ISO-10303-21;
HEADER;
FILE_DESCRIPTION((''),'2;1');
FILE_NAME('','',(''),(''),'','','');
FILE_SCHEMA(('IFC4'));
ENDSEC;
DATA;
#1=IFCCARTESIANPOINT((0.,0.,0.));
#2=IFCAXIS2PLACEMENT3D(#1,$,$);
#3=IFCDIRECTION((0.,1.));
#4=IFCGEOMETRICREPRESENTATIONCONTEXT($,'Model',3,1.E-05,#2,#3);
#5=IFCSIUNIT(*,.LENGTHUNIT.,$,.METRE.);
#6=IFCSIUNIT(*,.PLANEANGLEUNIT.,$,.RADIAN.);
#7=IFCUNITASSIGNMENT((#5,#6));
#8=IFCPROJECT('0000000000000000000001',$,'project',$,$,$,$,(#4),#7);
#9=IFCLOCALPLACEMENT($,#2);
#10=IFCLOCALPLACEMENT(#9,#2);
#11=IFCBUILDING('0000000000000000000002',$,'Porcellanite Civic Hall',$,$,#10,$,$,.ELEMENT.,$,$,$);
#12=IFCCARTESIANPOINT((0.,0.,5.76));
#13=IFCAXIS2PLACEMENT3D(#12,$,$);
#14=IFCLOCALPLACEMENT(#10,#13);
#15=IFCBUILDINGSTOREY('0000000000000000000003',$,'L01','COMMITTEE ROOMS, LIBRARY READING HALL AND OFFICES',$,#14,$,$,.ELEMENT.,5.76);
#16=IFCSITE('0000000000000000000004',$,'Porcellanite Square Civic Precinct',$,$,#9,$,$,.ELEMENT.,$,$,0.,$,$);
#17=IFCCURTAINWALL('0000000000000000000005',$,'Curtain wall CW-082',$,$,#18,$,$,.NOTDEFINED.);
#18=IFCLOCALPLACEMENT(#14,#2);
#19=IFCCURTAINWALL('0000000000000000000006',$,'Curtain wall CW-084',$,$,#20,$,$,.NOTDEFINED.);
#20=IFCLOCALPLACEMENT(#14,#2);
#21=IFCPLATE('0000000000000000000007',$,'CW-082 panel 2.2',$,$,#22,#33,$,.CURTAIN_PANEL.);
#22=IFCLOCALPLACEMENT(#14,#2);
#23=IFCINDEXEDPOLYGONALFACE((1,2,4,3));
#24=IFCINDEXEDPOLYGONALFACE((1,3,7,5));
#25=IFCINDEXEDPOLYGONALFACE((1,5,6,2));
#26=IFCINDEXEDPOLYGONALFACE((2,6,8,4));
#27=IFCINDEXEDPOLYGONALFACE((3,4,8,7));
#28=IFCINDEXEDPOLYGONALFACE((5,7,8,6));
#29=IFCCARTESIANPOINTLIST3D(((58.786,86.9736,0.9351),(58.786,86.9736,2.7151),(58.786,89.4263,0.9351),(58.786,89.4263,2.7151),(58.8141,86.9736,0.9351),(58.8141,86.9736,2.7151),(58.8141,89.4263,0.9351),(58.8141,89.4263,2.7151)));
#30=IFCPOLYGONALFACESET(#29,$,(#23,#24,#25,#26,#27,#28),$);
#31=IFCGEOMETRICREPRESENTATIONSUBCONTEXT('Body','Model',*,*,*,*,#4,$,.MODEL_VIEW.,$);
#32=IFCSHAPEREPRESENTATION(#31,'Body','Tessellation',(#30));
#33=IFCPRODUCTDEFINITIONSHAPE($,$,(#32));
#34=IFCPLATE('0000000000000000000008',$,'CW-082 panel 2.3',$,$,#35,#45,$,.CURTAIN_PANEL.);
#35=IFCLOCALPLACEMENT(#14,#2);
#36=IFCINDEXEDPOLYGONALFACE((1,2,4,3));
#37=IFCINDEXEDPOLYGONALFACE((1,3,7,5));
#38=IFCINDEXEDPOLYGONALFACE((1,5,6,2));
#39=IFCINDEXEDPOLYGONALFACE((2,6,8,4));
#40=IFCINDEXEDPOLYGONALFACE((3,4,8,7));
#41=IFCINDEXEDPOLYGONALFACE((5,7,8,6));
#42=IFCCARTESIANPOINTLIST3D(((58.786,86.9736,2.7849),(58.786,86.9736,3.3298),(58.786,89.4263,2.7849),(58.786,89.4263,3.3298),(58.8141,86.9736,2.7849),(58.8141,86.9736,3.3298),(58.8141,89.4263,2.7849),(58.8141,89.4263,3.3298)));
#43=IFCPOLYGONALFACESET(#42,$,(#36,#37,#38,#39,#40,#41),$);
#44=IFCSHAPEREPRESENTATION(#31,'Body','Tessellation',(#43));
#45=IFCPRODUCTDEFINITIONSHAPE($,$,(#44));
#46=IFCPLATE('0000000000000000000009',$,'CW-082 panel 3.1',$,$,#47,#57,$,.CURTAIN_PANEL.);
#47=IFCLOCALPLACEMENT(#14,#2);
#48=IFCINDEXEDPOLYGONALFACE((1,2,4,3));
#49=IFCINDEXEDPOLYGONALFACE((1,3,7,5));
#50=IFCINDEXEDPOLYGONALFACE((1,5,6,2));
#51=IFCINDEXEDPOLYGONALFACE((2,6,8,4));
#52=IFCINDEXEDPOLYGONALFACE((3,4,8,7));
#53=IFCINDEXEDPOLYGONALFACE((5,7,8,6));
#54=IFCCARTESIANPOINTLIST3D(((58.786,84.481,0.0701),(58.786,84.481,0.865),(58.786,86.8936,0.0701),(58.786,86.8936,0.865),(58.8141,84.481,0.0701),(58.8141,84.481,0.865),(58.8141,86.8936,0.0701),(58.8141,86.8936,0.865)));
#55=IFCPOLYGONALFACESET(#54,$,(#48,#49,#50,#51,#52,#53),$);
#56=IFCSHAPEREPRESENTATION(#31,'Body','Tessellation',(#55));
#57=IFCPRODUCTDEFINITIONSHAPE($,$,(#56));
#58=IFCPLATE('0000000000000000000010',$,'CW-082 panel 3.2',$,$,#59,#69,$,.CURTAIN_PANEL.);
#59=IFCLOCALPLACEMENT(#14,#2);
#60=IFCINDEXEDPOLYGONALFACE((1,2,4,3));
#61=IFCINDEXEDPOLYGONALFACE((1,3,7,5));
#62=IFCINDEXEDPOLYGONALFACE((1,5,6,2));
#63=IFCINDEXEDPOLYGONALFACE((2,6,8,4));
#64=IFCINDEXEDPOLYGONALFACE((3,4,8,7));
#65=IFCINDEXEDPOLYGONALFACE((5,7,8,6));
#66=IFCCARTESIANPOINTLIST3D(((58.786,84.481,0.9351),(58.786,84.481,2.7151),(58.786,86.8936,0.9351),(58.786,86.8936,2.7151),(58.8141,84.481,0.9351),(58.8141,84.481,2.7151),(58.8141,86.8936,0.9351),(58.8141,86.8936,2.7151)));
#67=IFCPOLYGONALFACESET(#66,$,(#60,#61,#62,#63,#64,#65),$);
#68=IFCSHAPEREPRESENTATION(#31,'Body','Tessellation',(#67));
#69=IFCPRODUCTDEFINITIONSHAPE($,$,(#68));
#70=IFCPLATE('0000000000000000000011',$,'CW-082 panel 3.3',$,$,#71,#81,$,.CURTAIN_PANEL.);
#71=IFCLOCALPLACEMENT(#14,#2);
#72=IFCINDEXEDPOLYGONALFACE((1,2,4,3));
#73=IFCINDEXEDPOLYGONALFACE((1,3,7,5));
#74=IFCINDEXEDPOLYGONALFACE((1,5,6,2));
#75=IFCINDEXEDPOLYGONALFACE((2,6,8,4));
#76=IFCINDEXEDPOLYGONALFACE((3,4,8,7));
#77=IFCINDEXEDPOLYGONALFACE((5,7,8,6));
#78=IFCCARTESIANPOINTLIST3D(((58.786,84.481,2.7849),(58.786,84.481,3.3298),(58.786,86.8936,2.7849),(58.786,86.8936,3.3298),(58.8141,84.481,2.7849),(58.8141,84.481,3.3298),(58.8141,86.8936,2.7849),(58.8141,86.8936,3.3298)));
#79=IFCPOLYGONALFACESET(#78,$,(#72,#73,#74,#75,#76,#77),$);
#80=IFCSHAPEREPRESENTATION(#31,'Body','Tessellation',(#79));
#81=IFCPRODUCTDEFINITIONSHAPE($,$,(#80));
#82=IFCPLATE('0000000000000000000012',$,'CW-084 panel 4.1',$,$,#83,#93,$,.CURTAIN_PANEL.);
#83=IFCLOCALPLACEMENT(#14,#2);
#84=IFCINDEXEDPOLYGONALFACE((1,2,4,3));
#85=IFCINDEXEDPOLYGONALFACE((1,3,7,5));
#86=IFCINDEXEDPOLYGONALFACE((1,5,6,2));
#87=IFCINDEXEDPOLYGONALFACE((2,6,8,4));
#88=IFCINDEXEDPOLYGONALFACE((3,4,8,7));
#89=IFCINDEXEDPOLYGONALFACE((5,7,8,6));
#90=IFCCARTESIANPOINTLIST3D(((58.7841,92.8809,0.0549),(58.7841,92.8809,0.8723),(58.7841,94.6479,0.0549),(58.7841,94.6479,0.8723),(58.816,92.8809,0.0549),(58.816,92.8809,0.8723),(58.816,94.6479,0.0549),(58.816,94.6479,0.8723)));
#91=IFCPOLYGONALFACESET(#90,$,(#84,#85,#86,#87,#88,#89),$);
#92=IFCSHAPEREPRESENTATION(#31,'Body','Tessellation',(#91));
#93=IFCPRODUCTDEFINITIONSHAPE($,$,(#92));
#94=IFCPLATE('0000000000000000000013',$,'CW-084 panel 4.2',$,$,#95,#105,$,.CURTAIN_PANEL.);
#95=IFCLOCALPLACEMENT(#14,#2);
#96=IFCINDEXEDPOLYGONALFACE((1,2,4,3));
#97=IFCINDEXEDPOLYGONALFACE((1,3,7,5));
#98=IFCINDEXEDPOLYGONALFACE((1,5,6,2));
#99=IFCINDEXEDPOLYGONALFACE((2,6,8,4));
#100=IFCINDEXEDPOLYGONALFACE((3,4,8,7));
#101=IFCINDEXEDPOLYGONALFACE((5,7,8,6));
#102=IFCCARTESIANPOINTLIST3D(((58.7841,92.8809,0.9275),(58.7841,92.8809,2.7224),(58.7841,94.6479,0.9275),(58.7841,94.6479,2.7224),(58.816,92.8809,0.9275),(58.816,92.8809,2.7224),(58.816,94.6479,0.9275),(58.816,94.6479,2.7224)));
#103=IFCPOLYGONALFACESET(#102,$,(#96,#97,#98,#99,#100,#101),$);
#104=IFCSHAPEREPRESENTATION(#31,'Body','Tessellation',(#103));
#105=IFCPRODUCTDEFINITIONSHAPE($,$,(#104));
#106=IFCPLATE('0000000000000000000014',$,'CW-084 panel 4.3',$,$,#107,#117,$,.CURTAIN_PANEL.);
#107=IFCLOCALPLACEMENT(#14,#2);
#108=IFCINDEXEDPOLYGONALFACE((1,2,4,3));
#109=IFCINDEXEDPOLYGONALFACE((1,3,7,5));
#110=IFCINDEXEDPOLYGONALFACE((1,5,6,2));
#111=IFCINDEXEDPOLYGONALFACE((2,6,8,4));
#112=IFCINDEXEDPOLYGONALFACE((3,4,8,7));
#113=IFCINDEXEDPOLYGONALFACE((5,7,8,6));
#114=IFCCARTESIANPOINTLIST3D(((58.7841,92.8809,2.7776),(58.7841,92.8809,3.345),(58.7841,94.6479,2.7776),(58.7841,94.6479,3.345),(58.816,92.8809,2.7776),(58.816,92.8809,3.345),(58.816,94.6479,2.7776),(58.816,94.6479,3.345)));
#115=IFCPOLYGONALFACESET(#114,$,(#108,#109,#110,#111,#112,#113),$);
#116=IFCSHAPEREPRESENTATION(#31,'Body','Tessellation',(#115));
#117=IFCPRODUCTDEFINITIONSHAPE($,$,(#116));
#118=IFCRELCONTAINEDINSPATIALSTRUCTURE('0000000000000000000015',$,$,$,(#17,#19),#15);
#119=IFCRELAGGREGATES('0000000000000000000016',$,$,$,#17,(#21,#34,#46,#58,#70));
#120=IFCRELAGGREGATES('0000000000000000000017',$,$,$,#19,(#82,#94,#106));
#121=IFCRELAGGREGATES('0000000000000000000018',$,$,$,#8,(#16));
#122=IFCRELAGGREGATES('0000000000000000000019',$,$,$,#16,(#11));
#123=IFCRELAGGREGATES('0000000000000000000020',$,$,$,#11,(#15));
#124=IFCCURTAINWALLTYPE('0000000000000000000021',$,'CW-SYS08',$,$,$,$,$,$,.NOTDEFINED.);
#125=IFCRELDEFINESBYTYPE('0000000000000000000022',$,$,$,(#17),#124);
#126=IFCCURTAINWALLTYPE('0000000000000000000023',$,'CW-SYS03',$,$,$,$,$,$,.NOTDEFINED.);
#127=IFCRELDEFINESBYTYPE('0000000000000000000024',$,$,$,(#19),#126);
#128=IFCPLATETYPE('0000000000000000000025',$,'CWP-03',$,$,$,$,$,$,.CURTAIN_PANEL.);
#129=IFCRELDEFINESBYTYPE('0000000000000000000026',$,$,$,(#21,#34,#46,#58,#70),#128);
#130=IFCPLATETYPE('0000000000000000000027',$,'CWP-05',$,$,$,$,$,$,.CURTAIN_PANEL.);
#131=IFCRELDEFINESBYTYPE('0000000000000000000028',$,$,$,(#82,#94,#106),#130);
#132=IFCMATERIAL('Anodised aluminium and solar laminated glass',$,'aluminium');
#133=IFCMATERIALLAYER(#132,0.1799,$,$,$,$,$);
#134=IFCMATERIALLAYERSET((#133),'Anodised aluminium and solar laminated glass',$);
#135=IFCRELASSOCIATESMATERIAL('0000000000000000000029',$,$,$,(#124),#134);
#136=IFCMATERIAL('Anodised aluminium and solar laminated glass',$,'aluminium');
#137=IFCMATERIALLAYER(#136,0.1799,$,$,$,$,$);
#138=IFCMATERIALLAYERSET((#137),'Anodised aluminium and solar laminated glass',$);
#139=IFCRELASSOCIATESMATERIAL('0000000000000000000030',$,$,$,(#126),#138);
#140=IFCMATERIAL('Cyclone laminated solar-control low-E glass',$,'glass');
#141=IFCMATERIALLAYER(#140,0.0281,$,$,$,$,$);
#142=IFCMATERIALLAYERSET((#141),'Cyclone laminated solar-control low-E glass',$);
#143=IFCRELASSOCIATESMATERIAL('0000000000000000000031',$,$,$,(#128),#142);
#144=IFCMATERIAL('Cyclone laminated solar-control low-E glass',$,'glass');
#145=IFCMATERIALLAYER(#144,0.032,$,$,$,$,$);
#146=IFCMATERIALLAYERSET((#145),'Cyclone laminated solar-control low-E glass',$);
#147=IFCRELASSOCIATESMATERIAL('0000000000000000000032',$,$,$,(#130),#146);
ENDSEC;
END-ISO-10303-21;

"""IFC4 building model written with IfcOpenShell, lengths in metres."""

from ifc_helpers import new_model, si_unit, direction, frame, origin, origin_2d, place, context, subcontext, project, spatial, rectangle, extrude, material, layer, layer_set, type_object, element, aggregate, save


model = new_model("IFC4")

# Units and contexts
model_context = context("Model", 3, precision=1e-05, world=origin(), true_north=direction((0.0, 1.0)))
body_context = subcontext(model_context, "Body", "Model", "MODEL_VIEW")
ifc_project = project(units=[si_unit("LENGTHUNIT", "METRE"), si_unit("PLANEANGLEUNIT", "RADIAN")], contexts=[model_context])

# Site, building, storey
site_placement = place(None, origin())
site = spatial("IfcSite", under=ifc_project, at=site_placement, Name="Porcellanite Square Civic Precinct", CompositionType="ELEMENT", RefElevation=0.0)
building_placement = place(site_placement, origin())
building = spatial("IfcBuilding", under=site, at=building_placement, Name="Porcellanite Civic Hall", CompositionType="ELEMENT")
storey_placement = place(building_placement, frame((0.0, 0.0, 5.76)))
storey = spatial("IfcBuildingStorey", under=building, at=storey_placement, Name="L01", Description="COMMITTEE ROOMS, LIBRARY READING HALL AND OFFICES", CompositionType="ELEMENT", Elevation=5.76)

# Curtain wall
ifc_material_1 = material(Name="Anodised aluminium and solar laminated glass", Category="aluminium")
ifc_layer_1 = layer(ifc_material_1, 0.1799)
ifc_layer_set_1 = layer_set([ifc_layer_1], Name="Anodised aluminium and solar laminated glass")
curtain_wall_type_1 = type_object("IfcCurtainWallType", Name="CW-SYS08", PredefinedType="NOTDEFINED", material=ifc_layer_set_1)
curtain_wall_1_placement = place(storey_placement, origin())
curtain_wall_1 = element("IfcCurtainWall", 1, at=curtain_wall_1_placement, inside=storey, type_object=curtain_wall_type_1, Name="Curtain wall CW-082", PredefinedType="NOTDEFINED")

# Curtain wall
ifc_material_2 = material(Name="Anodised aluminium and solar laminated glass", Category="aluminium")
ifc_layer_2 = layer(ifc_material_2, 0.1799)
ifc_layer_set_2 = layer_set([ifc_layer_2], Name="Anodised aluminium and solar laminated glass")
curtain_wall_type_2 = type_object("IfcCurtainWallType", Name="CW-SYS03", PredefinedType="NOTDEFINED", material=ifc_layer_set_2)
curtain_wall_2_placement = place(storey_placement, origin())
curtain_wall_2 = element("IfcCurtainWall", 2, at=curtain_wall_2_placement, inside=storey, type_object=curtain_wall_type_2, Name="Curtain wall CW-084", PredefinedType="NOTDEFINED")

# Plates
ifc_material_3 = material(Name="Cyclone laminated solar-control low-E glass", Category="glass")
ifc_layer_3 = layer(ifc_material_3, 0.0281)
ifc_layer_set_3 = layer_set([ifc_layer_3], Name="Cyclone laminated solar-control low-E glass")
plate_type_1 = type_object("IfcPlateType", Name="CWP-03", PredefinedType="CURTAIN_PANEL", material=ifc_layer_set_3)
plate_1_placement = place(storey_placement, frame((58.8, 88.2, 0.9351), z_axis=(0.0, 0.0, 1.0), x_axis=(0.0, -1.0, 0.0)))
plate_1 = element("IfcPlate", 3, at=plate_1_placement, type_object=plate_type_1, Name="CW-082 panel 2.2", PredefinedType="CURTAIN_PANEL", context=body_context, shape_type="SweptSolid", body=[
    extrude(rectangle(XDim=2.4526, YDim=0.0281, at=origin_2d()), origin(), (0.0, 0.0, 1.0), 1.78),
])
plate_2_placement = place(storey_placement, frame((58.8, 88.2, 2.7849), z_axis=(0.0, 0.0, 1.0), x_axis=(0.0, -1.0, 0.0)))
plate_2 = element("IfcPlate", 4, at=plate_2_placement, type_object=plate_type_1, Name="CW-082 panel 2.3", PredefinedType="CURTAIN_PANEL", context=body_context, shape_type="SweptSolid", body=[
    extrude(rectangle(XDim=2.4526, YDim=0.0281, at=origin_2d()), origin(), (0.0, 0.0, 1.0), 0.5449),
])
plate_3_placement = place(storey_placement, frame((58.8, 85.6873, 0.0701), z_axis=(0.0, 0.0, 1.0), x_axis=(0.0, -1.0, 0.0)))
plate_3 = element("IfcPlate", 5, at=plate_3_placement, type_object=plate_type_1, Name="CW-082 panel 3.1", PredefinedType="CURTAIN_PANEL", context=body_context, shape_type="SweptSolid", body=[
    extrude(rectangle(XDim=2.4126, YDim=0.0281, at=origin_2d()), origin(), (0.0, 0.0, 1.0), 0.7949),
])
plate_4_placement = place(storey_placement, frame((58.8, 85.6873, 0.9351), z_axis=(0.0, 0.0, 1.0), x_axis=(0.0, -1.0, 0.0)))
plate_4 = element("IfcPlate", 6, at=plate_4_placement, type_object=plate_type_1, Name="CW-082 panel 3.2", PredefinedType="CURTAIN_PANEL", context=body_context, shape_type="SweptSolid", body=[
    extrude(rectangle(XDim=2.4126, YDim=0.0281, at=origin_2d()), origin(), (0.0, 0.0, 1.0), 1.78),
])
plate_5_placement = place(storey_placement, frame((58.8, 85.6873, 2.7849), z_axis=(0.0, 0.0, 1.0), x_axis=(0.0, -1.0, 0.0)))
plate_5 = element("IfcPlate", 7, at=plate_5_placement, type_object=plate_type_1, Name="CW-082 panel 3.3", PredefinedType="CURTAIN_PANEL", context=body_context, shape_type="SweptSolid", body=[
    extrude(rectangle(XDim=2.4126, YDim=0.0281, at=origin_2d()), origin(), (0.0, 0.0, 1.0), 0.5449),
])
aggregate(curtain_wall_1, [plate_1, plate_2, plate_3, plate_4, plate_5])
ifc_material_4 = material(Name="Cyclone laminated solar-control low-E glass", Category="glass")
ifc_layer_4 = layer(ifc_material_4, 0.032)
ifc_layer_set_4 = layer_set([ifc_layer_4], Name="Cyclone laminated solar-control low-E glass")
plate_type_2 = type_object("IfcPlateType", Name="CWP-05", PredefinedType="CURTAIN_PANEL", material=ifc_layer_set_4)
plate_6_placement = place(storey_placement, frame((58.8, 93.7644, 0.0549), z_axis=(0.0, 0.0, 1.0), x_axis=(0.0, -1.0, 0.0)))
plate_6 = element("IfcPlate", 8, at=plate_6_placement, type_object=plate_type_2, Name="CW-084 panel 4.1", PredefinedType="CURTAIN_PANEL", context=body_context, shape_type="SweptSolid", body=[
    extrude(rectangle(XDim=1.7671, YDim=0.032, at=origin_2d()), origin(), (0.0, 0.0, 1.0), 0.8174),
])
plate_7_placement = place(storey_placement, frame((58.8, 93.7644, 0.9275), z_axis=(0.0, 0.0, 1.0), x_axis=(0.0, -1.0, 0.0)))
plate_7 = element("IfcPlate", 9, at=plate_7_placement, type_object=plate_type_2, Name="CW-084 panel 4.2", PredefinedType="CURTAIN_PANEL", context=body_context, shape_type="SweptSolid", body=[
    extrude(rectangle(XDim=1.7671, YDim=0.032, at=origin_2d()), origin(), (0.0, 0.0, 1.0), 1.7949),
])
plate_8_placement = place(storey_placement, frame((58.8, 93.7644, 2.7776), z_axis=(0.0, 0.0, 1.0), x_axis=(0.0, -1.0, 0.0)))
plate_8 = element("IfcPlate", 10, at=plate_8_placement, type_object=plate_type_2, Name="CW-084 panel 4.3", PredefinedType="CURTAIN_PANEL", context=body_context, shape_type="SweptSolid", body=[
    extrude(rectangle(XDim=1.7671, YDim=0.032, at=origin_2d()), origin(), (0.0, 0.0, 1.0), 0.5674),
])
aggregate(curtain_wall_2, [plate_6, plate_7, plate_8])

save(model, "model.ifc")
